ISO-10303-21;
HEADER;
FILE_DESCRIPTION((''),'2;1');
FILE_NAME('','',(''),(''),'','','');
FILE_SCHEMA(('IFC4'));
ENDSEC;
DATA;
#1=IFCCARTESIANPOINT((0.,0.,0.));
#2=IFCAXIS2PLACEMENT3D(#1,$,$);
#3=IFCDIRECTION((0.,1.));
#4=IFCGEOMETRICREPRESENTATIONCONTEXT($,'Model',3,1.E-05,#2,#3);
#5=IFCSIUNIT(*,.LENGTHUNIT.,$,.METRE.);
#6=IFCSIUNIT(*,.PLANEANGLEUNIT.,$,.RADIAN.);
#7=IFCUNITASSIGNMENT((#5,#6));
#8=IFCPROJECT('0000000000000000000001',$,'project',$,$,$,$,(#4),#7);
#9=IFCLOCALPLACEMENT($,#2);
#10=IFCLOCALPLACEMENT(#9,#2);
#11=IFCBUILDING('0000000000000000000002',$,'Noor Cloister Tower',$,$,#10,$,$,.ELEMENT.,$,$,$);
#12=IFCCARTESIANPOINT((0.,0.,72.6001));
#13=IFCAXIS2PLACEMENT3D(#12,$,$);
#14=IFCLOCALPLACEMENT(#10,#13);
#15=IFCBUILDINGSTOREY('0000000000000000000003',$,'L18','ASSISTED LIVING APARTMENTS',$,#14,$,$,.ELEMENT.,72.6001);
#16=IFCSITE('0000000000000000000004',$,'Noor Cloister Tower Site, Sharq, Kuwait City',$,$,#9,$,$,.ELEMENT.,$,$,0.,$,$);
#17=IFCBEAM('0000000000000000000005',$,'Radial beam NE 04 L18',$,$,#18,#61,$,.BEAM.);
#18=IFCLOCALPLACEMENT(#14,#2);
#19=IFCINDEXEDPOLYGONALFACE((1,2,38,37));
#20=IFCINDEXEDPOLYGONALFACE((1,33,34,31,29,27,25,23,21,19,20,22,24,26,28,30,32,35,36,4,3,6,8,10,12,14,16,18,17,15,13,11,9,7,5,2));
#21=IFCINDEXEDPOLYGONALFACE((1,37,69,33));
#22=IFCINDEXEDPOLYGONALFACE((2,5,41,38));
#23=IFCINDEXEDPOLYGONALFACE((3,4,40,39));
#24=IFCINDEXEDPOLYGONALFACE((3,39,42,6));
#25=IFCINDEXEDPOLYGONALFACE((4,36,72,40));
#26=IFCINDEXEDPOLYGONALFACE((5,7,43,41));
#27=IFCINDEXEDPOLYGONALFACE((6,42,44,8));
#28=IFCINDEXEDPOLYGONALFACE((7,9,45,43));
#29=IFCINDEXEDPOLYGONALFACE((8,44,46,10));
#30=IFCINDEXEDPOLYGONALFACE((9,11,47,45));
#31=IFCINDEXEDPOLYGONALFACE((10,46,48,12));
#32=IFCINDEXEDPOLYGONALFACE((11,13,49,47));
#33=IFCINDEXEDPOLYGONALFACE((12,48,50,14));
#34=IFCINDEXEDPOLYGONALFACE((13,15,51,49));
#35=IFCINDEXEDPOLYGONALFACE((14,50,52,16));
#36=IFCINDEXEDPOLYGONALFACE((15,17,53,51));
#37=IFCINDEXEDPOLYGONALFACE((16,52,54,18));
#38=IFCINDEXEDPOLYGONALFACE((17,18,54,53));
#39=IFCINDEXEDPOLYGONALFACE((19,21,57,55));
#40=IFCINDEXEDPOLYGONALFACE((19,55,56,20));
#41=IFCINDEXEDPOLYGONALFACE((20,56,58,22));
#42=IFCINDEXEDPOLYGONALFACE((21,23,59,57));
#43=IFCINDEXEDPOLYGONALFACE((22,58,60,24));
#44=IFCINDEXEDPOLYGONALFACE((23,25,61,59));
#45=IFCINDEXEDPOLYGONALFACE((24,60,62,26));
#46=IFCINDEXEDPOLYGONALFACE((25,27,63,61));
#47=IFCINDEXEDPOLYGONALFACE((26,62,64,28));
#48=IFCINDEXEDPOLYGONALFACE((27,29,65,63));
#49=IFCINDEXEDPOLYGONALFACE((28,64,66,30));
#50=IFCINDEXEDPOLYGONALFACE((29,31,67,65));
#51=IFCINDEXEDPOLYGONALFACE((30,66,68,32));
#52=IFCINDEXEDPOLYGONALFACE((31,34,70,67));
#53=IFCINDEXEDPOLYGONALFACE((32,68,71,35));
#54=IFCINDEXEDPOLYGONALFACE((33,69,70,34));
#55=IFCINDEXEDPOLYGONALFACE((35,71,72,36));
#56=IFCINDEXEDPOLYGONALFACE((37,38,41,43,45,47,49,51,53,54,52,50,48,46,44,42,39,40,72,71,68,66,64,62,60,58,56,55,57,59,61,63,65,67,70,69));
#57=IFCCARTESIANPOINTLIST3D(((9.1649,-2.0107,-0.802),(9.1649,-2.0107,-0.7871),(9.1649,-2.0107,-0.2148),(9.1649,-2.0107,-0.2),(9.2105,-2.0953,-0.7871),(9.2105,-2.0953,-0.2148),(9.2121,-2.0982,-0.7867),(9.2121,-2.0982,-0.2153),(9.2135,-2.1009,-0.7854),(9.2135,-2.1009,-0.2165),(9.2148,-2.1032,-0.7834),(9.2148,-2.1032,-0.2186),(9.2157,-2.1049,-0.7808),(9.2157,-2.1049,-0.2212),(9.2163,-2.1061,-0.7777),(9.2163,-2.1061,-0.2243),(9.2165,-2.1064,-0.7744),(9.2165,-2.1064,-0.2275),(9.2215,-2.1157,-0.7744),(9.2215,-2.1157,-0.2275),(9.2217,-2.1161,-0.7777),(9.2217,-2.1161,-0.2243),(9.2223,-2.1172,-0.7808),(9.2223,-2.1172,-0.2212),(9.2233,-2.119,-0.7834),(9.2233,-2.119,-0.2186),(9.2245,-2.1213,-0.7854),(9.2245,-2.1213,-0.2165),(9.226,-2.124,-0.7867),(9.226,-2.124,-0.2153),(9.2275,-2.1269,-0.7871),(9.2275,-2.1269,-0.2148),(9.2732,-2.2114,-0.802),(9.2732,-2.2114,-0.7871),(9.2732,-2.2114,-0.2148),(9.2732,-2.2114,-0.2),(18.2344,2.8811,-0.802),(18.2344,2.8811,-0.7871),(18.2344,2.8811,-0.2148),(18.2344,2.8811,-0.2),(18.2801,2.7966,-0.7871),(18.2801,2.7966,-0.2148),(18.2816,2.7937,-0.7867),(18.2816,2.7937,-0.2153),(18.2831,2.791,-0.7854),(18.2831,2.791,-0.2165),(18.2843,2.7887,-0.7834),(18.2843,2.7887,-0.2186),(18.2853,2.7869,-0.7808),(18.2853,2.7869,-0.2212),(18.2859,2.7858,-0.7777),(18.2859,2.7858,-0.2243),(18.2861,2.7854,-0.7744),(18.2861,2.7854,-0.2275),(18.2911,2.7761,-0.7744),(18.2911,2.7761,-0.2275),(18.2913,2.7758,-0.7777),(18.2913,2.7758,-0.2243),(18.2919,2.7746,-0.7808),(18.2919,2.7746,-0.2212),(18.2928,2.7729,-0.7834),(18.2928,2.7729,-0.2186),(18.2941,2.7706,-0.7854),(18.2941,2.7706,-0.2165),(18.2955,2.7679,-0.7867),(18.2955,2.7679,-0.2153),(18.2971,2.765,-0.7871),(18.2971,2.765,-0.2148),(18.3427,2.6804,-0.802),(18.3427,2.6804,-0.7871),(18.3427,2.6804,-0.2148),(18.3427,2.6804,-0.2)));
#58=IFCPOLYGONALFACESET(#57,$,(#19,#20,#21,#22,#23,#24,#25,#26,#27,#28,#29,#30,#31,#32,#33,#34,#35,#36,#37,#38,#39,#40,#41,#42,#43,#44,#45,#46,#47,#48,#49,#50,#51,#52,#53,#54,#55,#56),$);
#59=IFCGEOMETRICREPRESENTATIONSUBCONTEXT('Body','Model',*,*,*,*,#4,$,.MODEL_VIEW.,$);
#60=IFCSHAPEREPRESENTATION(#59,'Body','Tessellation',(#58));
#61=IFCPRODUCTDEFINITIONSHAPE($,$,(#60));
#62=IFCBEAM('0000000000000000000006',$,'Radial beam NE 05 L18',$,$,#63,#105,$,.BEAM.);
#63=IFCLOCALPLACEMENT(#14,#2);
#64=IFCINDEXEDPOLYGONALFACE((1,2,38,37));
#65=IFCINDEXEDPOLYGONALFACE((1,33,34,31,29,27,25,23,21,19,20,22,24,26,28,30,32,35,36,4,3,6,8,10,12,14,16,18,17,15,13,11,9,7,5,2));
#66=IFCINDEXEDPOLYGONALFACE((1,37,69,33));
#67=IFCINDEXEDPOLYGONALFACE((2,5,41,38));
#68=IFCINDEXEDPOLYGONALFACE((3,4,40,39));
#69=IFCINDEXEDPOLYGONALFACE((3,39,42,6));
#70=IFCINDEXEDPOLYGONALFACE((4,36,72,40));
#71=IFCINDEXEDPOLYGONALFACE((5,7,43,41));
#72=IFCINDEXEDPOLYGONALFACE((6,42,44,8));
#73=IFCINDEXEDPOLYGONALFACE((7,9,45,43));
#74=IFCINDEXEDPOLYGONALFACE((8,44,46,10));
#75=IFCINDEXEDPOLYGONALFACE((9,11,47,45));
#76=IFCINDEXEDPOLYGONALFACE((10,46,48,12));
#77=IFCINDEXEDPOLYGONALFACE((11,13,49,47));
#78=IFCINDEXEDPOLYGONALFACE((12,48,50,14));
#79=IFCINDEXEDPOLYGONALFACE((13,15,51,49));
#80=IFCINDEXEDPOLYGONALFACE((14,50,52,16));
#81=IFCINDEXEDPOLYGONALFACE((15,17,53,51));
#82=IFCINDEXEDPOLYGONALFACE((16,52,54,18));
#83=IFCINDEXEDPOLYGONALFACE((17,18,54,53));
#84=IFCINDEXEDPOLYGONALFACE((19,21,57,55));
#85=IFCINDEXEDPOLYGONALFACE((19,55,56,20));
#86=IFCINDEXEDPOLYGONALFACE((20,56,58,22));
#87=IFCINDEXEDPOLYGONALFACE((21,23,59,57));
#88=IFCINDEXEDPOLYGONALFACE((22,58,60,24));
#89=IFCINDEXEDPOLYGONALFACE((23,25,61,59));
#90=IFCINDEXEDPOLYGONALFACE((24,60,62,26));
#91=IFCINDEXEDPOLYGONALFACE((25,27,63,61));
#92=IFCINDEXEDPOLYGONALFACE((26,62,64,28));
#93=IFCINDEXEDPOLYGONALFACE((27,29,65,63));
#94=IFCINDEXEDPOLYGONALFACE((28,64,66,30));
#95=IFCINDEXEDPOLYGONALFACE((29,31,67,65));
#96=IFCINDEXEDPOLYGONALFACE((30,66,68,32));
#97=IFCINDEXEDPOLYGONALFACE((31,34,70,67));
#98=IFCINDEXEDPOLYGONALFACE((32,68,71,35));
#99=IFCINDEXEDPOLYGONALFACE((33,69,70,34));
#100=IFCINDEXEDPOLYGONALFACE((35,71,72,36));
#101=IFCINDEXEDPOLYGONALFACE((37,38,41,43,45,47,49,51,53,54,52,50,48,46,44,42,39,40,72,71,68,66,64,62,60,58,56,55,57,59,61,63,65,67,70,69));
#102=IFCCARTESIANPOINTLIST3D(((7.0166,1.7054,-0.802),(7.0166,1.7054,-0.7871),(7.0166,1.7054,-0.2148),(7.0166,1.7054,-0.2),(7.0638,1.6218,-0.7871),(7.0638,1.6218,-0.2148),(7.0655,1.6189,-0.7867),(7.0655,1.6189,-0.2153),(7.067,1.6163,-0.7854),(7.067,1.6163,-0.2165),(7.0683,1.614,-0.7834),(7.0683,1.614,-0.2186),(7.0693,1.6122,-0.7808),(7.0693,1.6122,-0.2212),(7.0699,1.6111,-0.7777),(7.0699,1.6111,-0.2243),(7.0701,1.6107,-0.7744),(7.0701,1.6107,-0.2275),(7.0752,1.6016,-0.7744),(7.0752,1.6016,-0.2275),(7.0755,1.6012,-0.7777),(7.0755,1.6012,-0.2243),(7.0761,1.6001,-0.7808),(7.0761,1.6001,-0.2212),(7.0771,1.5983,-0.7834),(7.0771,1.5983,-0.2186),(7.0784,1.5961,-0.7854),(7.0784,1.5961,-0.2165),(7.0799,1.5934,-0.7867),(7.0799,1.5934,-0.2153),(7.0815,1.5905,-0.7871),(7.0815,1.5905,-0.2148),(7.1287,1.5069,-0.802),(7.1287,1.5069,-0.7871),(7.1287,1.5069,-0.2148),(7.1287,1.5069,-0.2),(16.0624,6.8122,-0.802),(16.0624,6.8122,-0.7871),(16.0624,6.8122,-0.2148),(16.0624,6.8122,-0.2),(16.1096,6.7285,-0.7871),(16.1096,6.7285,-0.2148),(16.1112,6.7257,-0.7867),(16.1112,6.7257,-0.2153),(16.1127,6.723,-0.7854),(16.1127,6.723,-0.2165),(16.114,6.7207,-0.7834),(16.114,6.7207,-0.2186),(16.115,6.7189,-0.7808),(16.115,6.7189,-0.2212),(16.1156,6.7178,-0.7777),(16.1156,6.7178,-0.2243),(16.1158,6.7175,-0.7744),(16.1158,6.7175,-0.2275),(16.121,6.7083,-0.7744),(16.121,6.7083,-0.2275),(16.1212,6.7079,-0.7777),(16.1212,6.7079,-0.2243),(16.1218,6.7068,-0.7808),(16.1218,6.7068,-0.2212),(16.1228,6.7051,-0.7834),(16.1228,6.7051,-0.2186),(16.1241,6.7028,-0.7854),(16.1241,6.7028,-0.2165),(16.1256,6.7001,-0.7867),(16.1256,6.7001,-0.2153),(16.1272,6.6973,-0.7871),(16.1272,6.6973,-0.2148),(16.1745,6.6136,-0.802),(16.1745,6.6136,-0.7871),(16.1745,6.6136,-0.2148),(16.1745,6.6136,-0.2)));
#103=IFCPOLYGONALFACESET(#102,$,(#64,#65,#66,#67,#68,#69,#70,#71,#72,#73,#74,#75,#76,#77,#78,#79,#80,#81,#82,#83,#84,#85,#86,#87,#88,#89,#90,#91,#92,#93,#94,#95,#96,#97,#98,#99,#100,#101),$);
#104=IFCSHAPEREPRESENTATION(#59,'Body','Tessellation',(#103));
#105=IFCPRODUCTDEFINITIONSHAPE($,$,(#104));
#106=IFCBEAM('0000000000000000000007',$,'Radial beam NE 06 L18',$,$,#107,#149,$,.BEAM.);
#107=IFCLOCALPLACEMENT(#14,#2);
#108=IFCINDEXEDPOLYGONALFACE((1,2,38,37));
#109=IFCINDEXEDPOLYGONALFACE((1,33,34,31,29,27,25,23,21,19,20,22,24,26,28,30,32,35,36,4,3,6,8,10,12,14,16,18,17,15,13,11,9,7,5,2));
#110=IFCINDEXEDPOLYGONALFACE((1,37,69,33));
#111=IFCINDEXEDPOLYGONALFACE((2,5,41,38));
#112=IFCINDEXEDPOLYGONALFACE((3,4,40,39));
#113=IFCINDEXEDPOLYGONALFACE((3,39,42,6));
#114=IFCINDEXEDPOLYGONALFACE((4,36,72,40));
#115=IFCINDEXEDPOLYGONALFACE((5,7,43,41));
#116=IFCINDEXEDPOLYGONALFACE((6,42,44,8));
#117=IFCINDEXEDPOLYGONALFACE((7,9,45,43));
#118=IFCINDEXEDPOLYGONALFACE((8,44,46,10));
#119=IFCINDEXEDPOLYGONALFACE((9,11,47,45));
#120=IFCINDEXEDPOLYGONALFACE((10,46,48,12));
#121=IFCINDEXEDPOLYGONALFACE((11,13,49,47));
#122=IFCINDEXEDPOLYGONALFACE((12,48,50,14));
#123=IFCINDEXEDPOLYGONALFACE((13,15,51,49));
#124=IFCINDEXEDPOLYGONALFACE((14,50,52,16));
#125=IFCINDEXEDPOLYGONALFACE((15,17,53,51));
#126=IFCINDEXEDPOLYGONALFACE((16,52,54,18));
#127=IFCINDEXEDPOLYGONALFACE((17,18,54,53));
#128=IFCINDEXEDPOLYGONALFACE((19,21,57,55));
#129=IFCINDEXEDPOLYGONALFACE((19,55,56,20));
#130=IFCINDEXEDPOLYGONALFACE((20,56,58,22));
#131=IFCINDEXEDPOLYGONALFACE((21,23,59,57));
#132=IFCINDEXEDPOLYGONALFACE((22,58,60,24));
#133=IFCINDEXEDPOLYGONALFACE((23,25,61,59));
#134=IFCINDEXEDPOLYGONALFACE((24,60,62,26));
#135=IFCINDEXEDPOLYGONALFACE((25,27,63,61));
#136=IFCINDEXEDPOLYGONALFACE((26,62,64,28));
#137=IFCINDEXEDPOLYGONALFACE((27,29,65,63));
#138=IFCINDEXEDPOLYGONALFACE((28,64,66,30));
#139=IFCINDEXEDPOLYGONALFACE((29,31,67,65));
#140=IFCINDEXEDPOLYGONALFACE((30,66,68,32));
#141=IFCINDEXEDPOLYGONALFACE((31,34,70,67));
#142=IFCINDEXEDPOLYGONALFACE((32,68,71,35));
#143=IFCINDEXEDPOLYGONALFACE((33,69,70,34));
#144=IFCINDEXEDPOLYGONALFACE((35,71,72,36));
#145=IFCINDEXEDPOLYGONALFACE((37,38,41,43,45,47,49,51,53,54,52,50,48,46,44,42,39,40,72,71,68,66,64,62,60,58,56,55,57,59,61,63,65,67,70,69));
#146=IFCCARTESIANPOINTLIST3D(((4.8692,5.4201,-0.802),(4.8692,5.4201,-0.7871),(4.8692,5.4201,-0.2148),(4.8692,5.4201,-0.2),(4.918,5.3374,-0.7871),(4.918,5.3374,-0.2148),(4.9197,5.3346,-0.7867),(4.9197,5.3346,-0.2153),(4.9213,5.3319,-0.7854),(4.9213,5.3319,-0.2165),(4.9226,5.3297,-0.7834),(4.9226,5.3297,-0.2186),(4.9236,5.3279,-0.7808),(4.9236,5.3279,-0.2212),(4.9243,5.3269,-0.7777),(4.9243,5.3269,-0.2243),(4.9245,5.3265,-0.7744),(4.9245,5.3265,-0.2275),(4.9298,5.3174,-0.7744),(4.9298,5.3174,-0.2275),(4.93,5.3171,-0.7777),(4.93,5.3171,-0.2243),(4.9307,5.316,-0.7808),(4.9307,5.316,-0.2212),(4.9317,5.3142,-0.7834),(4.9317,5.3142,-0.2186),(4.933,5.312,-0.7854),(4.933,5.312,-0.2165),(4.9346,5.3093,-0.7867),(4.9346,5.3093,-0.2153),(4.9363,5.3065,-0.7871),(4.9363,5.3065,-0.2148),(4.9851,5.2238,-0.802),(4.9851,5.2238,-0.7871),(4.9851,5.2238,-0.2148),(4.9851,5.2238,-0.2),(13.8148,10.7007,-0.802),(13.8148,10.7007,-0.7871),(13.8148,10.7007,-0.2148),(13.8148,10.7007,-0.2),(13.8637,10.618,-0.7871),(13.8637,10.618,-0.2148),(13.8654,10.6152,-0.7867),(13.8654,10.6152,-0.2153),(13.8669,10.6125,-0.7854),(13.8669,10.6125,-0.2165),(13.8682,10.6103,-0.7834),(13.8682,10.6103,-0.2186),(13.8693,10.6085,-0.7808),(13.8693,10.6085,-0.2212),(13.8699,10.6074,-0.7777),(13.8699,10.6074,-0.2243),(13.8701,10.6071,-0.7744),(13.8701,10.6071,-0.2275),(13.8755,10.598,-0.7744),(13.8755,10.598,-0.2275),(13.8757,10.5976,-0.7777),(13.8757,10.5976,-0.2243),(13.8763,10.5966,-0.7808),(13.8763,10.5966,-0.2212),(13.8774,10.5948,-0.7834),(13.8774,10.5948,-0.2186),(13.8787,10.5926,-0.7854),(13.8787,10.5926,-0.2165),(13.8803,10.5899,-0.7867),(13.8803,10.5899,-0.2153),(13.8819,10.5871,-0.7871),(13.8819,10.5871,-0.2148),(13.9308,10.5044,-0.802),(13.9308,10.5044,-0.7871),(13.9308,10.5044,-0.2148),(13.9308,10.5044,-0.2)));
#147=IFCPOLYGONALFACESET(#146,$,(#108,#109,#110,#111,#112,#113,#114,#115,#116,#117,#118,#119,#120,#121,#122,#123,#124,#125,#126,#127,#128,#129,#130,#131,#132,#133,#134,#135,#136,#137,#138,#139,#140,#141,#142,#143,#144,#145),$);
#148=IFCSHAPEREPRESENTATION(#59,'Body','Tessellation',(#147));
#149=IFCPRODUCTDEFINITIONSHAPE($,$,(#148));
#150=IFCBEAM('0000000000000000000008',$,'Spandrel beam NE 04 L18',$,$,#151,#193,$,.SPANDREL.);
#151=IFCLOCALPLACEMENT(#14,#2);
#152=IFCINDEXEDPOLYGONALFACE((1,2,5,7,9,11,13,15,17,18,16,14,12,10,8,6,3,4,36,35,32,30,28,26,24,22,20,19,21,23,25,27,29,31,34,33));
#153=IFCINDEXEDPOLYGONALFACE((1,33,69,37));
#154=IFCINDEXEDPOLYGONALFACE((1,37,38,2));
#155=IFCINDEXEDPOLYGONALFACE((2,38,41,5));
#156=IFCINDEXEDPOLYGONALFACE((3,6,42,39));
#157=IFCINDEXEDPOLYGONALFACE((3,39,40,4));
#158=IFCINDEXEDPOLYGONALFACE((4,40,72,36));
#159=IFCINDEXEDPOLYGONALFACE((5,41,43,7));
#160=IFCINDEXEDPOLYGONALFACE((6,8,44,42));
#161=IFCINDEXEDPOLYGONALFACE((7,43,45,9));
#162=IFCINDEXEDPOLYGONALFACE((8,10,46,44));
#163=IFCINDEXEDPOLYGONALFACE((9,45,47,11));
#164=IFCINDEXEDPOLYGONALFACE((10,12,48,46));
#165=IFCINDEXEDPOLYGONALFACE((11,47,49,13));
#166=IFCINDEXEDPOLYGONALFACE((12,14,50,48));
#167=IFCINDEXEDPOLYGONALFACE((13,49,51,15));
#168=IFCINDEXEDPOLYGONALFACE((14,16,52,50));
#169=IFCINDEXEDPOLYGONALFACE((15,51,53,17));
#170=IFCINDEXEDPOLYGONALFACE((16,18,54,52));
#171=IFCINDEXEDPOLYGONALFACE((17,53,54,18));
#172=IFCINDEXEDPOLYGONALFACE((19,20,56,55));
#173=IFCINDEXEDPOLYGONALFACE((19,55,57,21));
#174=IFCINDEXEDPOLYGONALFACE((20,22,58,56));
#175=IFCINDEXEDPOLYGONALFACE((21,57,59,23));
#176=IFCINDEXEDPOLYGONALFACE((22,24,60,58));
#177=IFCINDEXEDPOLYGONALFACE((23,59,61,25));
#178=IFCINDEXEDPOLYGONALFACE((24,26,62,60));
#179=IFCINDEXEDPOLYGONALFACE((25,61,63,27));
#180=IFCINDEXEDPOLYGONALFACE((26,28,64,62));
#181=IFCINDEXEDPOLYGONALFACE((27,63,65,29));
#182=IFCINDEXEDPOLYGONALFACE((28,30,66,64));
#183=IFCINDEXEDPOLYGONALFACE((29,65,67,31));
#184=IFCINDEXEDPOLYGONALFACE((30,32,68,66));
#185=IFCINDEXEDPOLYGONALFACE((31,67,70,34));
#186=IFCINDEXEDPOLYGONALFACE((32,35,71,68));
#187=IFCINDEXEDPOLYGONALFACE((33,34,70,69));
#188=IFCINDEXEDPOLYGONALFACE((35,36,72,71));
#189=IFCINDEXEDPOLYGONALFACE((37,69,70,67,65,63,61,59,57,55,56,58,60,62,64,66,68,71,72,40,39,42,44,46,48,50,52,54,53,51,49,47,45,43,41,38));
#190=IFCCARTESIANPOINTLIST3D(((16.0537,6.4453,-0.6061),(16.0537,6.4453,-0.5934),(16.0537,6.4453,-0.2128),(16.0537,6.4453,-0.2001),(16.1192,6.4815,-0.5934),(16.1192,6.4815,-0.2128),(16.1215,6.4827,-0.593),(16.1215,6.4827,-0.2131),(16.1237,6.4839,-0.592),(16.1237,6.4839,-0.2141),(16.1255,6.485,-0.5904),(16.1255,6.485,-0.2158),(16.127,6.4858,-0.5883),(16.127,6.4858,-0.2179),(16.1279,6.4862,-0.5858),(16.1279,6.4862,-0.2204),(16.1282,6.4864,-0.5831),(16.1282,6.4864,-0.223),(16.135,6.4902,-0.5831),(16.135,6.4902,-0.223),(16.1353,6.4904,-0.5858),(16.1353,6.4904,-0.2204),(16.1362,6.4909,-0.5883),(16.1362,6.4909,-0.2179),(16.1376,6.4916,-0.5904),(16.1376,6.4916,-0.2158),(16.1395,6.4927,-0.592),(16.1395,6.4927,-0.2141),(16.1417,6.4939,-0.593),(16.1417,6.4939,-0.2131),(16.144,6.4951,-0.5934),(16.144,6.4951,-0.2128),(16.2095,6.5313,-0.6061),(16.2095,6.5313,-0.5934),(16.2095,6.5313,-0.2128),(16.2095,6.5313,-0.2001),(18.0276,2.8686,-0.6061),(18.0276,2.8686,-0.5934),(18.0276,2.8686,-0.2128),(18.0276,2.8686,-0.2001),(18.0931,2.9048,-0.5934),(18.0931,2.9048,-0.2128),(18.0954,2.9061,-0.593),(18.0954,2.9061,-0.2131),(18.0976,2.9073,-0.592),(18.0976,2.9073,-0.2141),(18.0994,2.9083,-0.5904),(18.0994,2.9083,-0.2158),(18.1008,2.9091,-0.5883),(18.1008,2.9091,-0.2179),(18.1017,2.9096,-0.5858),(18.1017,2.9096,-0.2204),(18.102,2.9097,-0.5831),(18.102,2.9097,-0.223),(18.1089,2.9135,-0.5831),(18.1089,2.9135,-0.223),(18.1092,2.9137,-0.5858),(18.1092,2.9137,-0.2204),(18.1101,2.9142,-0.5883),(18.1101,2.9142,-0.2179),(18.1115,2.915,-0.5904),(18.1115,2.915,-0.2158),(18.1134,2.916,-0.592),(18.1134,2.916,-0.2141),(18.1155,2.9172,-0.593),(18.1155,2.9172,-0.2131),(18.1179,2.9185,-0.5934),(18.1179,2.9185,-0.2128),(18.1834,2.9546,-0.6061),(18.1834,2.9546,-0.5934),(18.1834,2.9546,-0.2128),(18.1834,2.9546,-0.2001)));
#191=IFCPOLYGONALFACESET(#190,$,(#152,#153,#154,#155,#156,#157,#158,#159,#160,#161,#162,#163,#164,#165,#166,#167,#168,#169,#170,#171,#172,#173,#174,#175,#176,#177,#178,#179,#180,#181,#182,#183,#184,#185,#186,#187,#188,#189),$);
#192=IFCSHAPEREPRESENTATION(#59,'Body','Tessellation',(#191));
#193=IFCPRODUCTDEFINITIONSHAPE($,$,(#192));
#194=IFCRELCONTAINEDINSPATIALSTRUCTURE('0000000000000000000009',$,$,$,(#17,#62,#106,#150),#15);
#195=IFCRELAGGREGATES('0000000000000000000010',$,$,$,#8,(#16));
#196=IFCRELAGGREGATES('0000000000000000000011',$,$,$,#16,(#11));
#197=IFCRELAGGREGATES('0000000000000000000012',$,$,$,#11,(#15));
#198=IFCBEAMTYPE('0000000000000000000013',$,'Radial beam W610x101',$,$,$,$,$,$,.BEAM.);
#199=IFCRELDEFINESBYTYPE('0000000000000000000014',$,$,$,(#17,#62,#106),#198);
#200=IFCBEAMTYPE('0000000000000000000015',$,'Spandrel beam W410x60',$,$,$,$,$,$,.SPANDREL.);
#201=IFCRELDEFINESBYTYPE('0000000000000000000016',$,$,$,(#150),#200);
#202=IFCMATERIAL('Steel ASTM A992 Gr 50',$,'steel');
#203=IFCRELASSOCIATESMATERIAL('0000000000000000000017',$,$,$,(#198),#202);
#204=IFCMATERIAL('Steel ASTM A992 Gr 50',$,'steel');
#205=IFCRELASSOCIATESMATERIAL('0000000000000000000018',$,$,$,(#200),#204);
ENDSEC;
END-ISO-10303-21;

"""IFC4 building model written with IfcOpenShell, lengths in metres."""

from ifc_helpers import new_model, si_unit, direction, frame, origin, origin_2d, place, context, subcontext, project, spatial, i_section, extrude, material, material_profile, profile_set, type_object, element, save


model = new_model("IFC4")

# Units and contexts
model_context = context("Model", 3, precision=1e-05, world=origin(), true_north=direction((0.0, 1.0)))
body_context = subcontext(model_context, "Body", "Model", "MODEL_VIEW")
ifc_project = project(units=[si_unit("LENGTHUNIT", "METRE"), si_unit("PLANEANGLEUNIT", "RADIAN")], contexts=[model_context])

# Site, building, storey
site_placement = place(None, origin())
site = spatial("IfcSite", under=ifc_project, at=site_placement, Name="Noor Cloister Tower Site, Sharq, Kuwait City", CompositionType="ELEMENT", RefElevation=0.0)
building_placement = place(site_placement, origin())
building = spatial("IfcBuilding", under=site, at=building_placement, Name="Noor Cloister Tower", CompositionType="ELEMENT")
storey_placement = place(building_placement, frame((0.0, 0.0, 72.6001)))
storey = spatial("IfcBuildingStorey", under=building, at=storey_placement, Name="L18", Description="ASSISTED LIVING APARTMENTS", CompositionType="ELEMENT", Elevation=72.6001)

# Beams
ifc_material_1 = material(Name="Steel ASTM A992 Gr 50", Category="steel")
ifc_material_profile_1 = material_profile(ifc_material_1, i_section(OverallWidth=0.228, OverallDepth=0.6021, WebThickness=0.0105, FlangeThickness=0.0149, FilletRadius=0.0127, at=origin_2d()), Name="W610x101")
ifc_profile_set_1 = profile_set([ifc_material_profile_1], Name="Steel ASTM A992 Gr 50")
beam_type_1 = type_object("IfcBeamType", Name="Radial beam W610x101", PredefinedType="BEAM", material=ifc_profile_set_1)
beam_1_placement = place(storey_placement, frame((18.2886, 2.7808, -0.501), z_axis=(-0.880138, -0.474719, 0.0), x_axis=(0.474719, -0.880138, 0.0)))
element("IfcBeam", 1, at=beam_1_placement, inside=storey, type_object=beam_type_1, Name="Radial beam NE 04 L18", PredefinedType="BEAM", context=body_context, shape_type="SweptSolid", body=[
    extrude(i_section(OverallWidth=0.228, OverallDepth=0.6021, WebThickness=0.0105, FlangeThickness=0.0149, FilletRadius=0.0127, at=origin_2d()), origin(), (0.0, 0.0, 1.0), 10.3047),
])
beam_2_placement = place(storey_placement, frame((16.1184, 6.7129, -0.501), z_axis=(-0.870813, -0.491614, 0.0), x_axis=(0.491614, -0.870813, 0.0)))
element("IfcBeam", 2, at=beam_2_placement, inside=storey, type_object=beam_type_1, Name="Radial beam NE 05 L18", PredefinedType="BEAM", context=body_context, shape_type="SweptSolid", body=[
    extrude(i_section(OverallWidth=0.228, OverallDepth=0.6021, WebThickness=0.0105, FlangeThickness=0.0149, FilletRadius=0.0127, at=origin_2d()), origin(), (0.0, 0.0, 1.0), 10.3877),
])
beam_3_placement = place(storey_placement, frame((13.8728, 10.6025, -0.501), z_axis=(-0.861158, -0.508337, 0.0), x_axis=(0.508337, -0.861158, 0.0)))
element("IfcBeam", 3, at=beam_3_placement, inside=storey, type_object=beam_type_1, Name="Radial beam NE 06 L18", PredefinedType="BEAM", context=body_context, shape_type="SweptSolid", body=[
    extrude(i_section(OverallWidth=0.228, OverallDepth=0.6021, WebThickness=0.0105, FlangeThickness=0.0149, FilletRadius=0.0127, at=origin_2d()), origin(), (0.0, 0.0, 1.0), 10.3879),
])
ifc_material_2 = material(Name="Steel ASTM A992 Gr 50", Category="steel")
ifc_material_profile_2 = material_profile(ifc_material_2, i_section(OverallWidth=0.178, OverallDepth=0.406, WebThickness=0.0078, FlangeThickness=0.0127, FilletRadius=0.0103, at=origin_2d()), Name="W410x60")
ifc_profile_set_2 = profile_set([ifc_material_profile_2], Name="Steel ASTM A992 Gr 50")
beam_type_2 = type_object("IfcBeamType", Name="Spandrel beam W410x60", PredefinedType="SPANDREL", material=ifc_profile_set_2)
beam_4_placement = place(storey_placement, frame((18.1055, 2.9116, -0.4031), z_axis=(-0.48318, 0.875521, 0.0), x_axis=(-0.875521, -0.48318, 0.0)))
element("IfcBeam", 4, at=beam_4_placement, inside=storey, type_object=beam_type_2, Name="Spandrel beam NE 04 L18", PredefinedType="SPANDREL", context=body_context, shape_type="SweptSolid", body=[
    extrude(i_section(OverallWidth=0.178, OverallDepth=0.406, WebThickness=0.0078, FlangeThickness=0.0127, FilletRadius=0.0103, at=origin_2d()), origin(), (0.0, 0.0, 1.0), 4.0852),
])

save(model, "model.ifc")
